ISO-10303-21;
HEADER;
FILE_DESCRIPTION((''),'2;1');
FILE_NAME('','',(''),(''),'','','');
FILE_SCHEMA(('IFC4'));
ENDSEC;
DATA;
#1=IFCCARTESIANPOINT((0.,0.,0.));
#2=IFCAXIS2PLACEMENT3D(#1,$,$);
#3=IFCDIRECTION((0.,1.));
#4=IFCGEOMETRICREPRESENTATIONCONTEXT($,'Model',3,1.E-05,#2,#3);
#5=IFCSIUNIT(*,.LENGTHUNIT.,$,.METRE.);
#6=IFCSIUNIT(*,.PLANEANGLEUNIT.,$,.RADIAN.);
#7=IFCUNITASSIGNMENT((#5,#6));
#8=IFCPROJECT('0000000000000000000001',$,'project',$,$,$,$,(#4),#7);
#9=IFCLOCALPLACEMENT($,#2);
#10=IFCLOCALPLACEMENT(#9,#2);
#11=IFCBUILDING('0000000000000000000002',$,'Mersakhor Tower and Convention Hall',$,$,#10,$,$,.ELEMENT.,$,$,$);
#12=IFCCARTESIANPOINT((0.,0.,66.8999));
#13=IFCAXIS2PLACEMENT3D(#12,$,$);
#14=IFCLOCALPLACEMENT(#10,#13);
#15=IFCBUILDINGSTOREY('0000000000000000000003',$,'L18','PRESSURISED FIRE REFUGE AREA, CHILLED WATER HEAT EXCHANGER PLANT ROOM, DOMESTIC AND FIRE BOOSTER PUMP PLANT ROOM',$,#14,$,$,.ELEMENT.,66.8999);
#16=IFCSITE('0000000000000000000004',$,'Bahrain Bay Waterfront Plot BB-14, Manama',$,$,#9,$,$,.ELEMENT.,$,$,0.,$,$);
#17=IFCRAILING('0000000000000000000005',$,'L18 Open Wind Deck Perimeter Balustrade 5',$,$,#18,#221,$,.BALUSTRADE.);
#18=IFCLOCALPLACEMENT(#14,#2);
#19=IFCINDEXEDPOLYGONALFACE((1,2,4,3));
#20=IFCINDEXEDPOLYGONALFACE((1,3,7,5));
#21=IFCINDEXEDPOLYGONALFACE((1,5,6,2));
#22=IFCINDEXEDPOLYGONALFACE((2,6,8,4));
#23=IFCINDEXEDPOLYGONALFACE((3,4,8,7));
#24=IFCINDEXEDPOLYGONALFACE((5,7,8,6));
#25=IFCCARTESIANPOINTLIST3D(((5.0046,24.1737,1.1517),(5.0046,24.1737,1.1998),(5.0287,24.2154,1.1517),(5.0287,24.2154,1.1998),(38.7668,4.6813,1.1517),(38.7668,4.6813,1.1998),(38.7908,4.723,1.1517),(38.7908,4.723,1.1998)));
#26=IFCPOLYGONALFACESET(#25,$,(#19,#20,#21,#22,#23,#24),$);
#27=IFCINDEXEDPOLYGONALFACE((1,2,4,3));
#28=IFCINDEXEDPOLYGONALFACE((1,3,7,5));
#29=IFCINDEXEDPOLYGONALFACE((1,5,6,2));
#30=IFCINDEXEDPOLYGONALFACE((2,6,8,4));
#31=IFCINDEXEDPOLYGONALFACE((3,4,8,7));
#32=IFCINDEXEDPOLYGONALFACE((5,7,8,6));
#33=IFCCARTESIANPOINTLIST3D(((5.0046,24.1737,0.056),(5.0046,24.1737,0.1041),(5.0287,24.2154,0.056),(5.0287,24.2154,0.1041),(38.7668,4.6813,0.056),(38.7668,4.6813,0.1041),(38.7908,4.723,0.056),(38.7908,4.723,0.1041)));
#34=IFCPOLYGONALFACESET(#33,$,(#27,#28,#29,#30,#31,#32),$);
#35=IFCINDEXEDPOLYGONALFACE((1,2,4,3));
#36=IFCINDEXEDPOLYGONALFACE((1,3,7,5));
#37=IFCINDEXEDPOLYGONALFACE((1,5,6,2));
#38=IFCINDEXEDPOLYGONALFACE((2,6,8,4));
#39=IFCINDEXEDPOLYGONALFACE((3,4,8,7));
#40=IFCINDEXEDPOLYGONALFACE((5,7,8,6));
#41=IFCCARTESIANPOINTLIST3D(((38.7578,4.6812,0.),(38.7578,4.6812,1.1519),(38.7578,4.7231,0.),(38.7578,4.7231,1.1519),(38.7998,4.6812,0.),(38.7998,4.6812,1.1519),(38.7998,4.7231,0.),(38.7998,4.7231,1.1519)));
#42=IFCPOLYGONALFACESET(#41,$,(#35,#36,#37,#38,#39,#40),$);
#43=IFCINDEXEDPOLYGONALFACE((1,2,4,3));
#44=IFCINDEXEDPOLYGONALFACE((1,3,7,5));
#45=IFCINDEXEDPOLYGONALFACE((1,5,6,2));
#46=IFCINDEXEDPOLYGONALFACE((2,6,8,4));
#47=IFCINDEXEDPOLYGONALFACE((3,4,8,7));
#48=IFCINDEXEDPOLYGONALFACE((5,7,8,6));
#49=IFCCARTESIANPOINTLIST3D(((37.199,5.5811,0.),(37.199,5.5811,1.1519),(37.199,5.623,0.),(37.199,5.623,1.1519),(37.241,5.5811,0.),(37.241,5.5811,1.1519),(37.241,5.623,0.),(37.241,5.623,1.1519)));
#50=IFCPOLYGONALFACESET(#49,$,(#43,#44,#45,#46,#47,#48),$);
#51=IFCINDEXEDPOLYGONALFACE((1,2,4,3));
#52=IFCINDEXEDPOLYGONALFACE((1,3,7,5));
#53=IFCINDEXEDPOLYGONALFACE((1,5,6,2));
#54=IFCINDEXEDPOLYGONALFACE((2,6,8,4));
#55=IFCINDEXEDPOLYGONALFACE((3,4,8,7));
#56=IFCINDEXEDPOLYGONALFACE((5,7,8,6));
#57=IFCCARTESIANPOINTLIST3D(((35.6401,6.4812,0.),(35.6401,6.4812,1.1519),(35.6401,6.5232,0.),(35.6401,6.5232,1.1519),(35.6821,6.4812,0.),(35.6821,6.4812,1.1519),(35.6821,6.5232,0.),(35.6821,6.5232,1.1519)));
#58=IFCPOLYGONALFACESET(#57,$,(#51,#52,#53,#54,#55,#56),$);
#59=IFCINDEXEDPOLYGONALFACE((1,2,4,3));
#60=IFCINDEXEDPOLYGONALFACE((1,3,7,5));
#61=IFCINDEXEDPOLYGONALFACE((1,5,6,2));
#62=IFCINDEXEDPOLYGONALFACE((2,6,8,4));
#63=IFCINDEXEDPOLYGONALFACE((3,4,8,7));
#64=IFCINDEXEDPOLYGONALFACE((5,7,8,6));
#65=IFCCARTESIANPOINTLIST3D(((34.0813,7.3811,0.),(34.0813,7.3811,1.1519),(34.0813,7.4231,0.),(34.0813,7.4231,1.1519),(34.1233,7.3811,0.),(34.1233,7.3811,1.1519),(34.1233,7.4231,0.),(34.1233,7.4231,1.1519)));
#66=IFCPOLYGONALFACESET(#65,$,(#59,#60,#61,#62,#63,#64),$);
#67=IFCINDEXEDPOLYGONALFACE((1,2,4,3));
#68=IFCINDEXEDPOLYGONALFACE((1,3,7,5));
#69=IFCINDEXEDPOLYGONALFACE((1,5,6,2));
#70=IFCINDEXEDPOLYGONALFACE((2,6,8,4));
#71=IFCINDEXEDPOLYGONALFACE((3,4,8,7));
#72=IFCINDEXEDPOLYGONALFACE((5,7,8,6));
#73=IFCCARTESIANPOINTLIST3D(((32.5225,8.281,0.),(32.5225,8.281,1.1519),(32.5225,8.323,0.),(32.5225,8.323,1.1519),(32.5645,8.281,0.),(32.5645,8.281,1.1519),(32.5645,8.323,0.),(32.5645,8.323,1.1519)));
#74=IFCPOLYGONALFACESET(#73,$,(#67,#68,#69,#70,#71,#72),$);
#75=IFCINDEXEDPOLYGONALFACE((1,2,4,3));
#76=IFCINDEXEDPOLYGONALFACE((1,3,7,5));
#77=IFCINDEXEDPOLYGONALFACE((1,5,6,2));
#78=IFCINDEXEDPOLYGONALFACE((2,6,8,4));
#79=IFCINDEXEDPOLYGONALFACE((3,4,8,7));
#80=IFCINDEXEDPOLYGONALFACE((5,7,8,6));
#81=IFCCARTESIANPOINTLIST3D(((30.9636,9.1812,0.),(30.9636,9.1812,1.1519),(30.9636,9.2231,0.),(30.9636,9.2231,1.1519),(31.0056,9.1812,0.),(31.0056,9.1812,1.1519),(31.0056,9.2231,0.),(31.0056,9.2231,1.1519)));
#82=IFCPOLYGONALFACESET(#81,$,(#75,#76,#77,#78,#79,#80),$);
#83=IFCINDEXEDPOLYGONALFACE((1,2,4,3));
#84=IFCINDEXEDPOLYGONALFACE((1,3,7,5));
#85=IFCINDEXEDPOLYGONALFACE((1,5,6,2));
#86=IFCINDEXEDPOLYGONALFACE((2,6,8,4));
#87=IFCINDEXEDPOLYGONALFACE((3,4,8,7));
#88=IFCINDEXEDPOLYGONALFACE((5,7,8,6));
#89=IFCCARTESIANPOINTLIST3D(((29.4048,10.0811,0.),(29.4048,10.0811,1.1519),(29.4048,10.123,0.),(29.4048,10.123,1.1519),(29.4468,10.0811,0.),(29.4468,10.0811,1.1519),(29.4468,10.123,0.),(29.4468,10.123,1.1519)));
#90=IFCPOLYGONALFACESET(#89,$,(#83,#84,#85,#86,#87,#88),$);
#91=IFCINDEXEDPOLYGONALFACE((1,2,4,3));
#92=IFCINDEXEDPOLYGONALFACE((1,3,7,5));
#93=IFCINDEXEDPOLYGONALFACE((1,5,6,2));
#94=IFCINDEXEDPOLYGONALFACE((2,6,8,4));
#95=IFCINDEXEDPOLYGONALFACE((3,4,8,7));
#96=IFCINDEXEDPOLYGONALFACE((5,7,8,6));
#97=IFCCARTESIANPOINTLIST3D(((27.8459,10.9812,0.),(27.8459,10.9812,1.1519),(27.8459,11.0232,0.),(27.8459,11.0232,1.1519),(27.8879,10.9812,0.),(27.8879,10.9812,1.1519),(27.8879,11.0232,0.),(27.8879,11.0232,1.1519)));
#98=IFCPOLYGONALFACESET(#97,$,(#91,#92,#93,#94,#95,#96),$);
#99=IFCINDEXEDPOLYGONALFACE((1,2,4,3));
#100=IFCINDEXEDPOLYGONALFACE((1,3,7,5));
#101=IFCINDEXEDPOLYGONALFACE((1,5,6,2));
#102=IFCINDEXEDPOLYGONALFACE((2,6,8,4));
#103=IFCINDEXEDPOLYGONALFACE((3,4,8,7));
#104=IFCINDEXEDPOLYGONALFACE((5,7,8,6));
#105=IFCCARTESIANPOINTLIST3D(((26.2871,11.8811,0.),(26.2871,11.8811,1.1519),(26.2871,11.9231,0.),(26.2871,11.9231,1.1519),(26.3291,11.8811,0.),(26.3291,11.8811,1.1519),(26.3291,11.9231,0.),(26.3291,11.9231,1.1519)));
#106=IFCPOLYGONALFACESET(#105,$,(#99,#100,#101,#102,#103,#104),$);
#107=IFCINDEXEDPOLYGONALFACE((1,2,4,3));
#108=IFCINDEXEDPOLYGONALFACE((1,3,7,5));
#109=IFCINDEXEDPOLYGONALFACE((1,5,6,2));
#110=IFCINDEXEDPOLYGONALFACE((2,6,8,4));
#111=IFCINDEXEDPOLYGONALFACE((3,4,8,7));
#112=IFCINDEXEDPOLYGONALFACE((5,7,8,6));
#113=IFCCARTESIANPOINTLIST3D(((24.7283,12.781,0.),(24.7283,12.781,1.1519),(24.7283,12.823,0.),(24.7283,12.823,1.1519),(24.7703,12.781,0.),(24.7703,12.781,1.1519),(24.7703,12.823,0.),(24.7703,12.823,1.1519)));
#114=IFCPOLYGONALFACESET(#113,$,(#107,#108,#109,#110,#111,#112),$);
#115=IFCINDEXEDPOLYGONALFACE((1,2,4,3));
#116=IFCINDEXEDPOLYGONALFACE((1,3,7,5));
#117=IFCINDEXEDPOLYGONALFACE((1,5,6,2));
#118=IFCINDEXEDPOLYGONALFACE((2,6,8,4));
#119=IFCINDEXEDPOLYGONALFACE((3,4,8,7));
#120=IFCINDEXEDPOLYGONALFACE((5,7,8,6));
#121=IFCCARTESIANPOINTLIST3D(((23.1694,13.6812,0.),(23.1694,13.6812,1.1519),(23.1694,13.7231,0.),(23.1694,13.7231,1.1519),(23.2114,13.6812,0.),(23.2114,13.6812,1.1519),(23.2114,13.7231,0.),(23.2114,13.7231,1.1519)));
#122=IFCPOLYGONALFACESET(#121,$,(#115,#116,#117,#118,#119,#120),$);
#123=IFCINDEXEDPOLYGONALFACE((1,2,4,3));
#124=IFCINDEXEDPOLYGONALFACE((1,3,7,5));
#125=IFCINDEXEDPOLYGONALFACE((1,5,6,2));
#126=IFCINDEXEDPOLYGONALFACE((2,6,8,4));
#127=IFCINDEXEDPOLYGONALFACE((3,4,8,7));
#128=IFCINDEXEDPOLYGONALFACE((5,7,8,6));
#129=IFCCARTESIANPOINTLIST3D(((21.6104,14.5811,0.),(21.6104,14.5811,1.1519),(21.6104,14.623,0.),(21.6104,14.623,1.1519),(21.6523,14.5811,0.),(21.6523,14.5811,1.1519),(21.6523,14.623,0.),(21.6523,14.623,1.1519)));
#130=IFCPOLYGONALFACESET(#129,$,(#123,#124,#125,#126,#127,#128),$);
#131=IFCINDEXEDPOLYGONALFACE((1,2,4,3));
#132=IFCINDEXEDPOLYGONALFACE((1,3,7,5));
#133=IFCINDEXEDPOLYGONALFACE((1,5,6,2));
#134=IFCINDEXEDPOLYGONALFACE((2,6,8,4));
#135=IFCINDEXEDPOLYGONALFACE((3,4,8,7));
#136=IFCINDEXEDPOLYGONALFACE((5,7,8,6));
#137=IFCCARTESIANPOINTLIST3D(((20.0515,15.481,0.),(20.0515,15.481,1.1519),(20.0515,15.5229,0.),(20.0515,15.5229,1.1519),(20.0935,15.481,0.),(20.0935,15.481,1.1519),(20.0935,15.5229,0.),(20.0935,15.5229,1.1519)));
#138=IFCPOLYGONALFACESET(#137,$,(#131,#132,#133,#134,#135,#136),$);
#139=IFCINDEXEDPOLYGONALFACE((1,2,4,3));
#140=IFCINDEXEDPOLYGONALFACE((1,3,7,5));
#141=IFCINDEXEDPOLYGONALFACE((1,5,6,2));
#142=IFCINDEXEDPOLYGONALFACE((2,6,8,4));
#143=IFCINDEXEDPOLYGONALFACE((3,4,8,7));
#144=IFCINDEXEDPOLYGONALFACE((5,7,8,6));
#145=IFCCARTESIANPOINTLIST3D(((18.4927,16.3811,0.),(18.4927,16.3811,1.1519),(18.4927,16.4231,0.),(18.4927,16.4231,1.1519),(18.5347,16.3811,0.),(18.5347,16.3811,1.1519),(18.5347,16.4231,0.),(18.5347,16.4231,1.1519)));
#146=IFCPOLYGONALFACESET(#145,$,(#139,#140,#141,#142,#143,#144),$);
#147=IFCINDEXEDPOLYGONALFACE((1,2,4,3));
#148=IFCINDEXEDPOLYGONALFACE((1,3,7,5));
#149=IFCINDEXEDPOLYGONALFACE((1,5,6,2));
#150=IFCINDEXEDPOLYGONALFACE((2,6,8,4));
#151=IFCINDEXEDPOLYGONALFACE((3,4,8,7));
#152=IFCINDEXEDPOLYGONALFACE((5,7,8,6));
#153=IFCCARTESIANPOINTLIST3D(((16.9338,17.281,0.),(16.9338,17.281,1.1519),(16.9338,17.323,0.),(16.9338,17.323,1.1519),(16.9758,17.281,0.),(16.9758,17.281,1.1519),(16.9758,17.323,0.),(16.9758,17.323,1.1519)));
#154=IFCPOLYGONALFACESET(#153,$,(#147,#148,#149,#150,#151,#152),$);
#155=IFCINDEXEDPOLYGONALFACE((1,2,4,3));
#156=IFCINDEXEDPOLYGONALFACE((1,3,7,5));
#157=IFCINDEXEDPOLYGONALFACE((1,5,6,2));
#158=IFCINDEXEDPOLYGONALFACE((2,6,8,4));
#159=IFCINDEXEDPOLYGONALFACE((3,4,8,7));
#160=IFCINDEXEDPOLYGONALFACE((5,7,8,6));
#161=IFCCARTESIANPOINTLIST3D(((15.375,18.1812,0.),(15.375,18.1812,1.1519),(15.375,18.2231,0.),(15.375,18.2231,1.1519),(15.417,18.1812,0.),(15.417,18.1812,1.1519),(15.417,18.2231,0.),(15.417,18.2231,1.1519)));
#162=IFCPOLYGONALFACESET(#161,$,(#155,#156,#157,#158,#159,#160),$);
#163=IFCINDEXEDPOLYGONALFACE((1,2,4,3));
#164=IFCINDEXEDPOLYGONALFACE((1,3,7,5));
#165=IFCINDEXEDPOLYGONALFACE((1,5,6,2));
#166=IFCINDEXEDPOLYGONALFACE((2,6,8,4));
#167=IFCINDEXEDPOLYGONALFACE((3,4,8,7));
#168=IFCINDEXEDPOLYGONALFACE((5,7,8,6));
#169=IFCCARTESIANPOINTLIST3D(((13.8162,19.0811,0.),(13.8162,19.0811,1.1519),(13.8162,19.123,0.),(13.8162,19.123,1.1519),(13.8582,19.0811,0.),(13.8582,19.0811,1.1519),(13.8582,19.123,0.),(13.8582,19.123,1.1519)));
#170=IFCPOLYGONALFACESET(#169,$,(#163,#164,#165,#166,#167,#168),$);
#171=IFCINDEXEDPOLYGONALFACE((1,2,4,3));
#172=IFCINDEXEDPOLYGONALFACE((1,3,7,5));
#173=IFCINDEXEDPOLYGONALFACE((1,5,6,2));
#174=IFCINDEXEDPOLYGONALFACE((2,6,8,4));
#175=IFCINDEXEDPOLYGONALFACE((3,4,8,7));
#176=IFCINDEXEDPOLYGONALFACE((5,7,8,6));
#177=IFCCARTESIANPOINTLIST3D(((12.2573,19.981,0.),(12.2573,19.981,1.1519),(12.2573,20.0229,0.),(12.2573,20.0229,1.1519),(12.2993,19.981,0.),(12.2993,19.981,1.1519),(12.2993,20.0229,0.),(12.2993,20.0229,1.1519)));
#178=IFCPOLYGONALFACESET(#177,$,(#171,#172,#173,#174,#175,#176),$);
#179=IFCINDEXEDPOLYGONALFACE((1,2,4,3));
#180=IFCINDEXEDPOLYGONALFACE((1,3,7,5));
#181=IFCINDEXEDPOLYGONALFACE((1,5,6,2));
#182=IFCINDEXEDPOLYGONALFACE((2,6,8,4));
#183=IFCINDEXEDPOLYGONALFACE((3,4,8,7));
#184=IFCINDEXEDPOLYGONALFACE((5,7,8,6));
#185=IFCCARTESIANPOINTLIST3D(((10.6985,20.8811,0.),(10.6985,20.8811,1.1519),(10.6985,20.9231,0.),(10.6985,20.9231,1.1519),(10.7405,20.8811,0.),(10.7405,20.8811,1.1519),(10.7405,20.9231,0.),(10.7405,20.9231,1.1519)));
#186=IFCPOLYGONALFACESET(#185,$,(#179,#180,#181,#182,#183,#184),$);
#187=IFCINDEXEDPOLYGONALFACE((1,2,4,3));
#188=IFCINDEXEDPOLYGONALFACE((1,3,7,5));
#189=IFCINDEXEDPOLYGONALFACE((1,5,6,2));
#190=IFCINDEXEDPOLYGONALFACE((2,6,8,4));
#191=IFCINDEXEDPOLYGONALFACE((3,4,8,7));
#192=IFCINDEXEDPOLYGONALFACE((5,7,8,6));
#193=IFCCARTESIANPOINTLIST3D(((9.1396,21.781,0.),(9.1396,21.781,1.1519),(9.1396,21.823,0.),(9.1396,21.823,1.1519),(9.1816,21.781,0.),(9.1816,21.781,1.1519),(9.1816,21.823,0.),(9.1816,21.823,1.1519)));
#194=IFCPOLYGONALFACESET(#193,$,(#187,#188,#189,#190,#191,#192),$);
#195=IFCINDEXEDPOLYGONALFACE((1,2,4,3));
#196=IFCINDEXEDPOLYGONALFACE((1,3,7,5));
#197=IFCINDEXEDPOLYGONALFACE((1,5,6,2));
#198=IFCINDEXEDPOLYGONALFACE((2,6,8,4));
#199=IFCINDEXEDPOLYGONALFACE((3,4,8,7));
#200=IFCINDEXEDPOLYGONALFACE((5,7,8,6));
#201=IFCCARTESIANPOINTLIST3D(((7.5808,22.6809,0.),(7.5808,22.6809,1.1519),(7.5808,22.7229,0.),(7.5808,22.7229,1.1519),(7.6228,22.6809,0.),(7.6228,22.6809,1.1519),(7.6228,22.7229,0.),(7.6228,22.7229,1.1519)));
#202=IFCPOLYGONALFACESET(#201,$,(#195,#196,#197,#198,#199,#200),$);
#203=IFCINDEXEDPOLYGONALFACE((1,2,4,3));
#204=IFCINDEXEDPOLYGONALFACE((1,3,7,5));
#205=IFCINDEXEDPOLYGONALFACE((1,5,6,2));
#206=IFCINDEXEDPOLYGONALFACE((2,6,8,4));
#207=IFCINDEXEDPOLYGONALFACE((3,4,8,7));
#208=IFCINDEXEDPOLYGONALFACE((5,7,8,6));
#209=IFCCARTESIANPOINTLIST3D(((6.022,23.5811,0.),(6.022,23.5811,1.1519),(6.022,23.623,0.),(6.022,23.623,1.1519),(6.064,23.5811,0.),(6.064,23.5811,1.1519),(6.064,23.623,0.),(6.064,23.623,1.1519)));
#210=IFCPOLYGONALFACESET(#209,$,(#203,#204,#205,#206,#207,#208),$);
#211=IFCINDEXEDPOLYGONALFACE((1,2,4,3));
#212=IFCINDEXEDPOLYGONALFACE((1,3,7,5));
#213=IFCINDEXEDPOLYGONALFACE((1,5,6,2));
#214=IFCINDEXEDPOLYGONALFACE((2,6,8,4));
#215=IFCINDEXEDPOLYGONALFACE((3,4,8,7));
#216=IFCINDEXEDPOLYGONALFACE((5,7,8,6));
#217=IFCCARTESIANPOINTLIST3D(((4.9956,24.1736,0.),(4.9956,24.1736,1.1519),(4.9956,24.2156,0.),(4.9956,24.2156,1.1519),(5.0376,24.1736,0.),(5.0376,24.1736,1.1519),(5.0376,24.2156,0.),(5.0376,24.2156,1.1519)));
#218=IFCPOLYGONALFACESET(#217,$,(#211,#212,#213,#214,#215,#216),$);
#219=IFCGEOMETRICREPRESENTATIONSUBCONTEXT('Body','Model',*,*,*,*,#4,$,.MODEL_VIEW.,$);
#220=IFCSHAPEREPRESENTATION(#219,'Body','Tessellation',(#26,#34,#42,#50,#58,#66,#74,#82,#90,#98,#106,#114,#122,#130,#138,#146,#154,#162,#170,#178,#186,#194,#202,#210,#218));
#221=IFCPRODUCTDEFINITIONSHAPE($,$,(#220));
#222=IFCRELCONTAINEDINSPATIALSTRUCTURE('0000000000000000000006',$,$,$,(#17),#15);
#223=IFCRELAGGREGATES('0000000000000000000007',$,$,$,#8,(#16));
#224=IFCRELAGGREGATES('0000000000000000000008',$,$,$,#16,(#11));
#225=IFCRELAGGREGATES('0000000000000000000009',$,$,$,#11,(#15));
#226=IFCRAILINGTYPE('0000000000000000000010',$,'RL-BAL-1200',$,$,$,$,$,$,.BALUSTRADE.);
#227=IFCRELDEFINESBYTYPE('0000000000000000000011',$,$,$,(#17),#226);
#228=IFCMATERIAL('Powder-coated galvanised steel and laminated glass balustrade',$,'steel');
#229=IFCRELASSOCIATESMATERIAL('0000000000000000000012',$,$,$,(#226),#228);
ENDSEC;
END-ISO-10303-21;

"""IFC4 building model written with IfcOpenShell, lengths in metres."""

from ifc_helpers import new_model, si_unit, direction, frame, origin, origin_2d, place, context, subcontext, project, spatial, rectangle, extrude, material, type_object, element, save


model = new_model("IFC4")

# Units and contexts
model_context = context("Model", 3, precision=1e-05, world=origin(), true_north=direction((0.0, 1.0)))
body_context = subcontext(model_context, "Body", "Model", "MODEL_VIEW")
ifc_project = project(units=[si_unit("LENGTHUNIT", "METRE"), si_unit("PLANEANGLEUNIT", "RADIAN")], contexts=[model_context])

# Site, building, storey
site_placement = place(None, origin())
site = spatial("IfcSite", under=ifc_project, at=site_placement, Name="Bahrain Bay Waterfront Plot BB-14, Manama", CompositionType="ELEMENT", RefElevation=0.0)
building_placement = place(site_placement, origin())
building = spatial("IfcBuilding", under=site, at=building_placement, Name="Mersakhor Tower and Convention Hall", CompositionType="ELEMENT")
storey_placement = place(building_placement, frame((0.0, 0.0, 66.8999)))
storey = spatial("IfcBuildingStorey", under=building, at=storey_placement, Name="L18", Description="PRESSURISED FIRE REFUGE AREA, CHILLED WATER HEAT EXCHANGER PLANT ROOM, DOMESTIC AND FIRE BOOSTER PUMP PLANT ROOM", CompositionType="ELEMENT", Elevation=66.8999)

# Railing
ifc_material_1 = material(Name="Powder-coated galvanised steel and laminated glass balustrade", Category="steel")
railing_type = type_object("IfcRailingType", Name="RL-BAL-1200", PredefinedType="BALUSTRADE", material=ifc_material_1)
railing_1_placement = place(storey_placement, frame((38.7788, 4.7021, 0.0)))
element("IfcRailing", 1, at=railing_1_placement, inside=storey, type_object=railing_type, Name="L18 Open Wind Deck Perimeter Balustrade 5", PredefinedType="BALUSTRADE", context=body_context, shape_type="SweptSolid", body=[
    extrude(rectangle(XDim=0.0481, YDim=0.0481, at=origin_2d()), frame((0.0, 0.0, 1.1758), z_axis=(-0.866027, 0.499996, 0.0), x_axis=(-0.499996, -0.866027, 0.0)), (0.0, 0.0, 1.0), 38.9851),
    extrude(rectangle(XDim=0.0481, YDim=0.0481, at=origin_2d()), frame((0.0, 0.0, 0.0801), z_axis=(-0.866027, 0.499996, 0.0), x_axis=(-0.499996, -0.866027, 0.0)), (0.0, 0.0, 1.0), 38.9851),
    extrude(rectangle(XDim=0.042, YDim=0.042, at=origin_2d()), origin(), (0.0, 0.0, 1.0), 1.1519),
    extrude(rectangle(XDim=0.042, YDim=0.042, at=origin_2d()), frame((-1.5588, 0.8999, 0.0)), (0.0, 0.0, 1.0), 1.1519),
    extrude(rectangle(XDim=0.042, YDim=0.042, at=origin_2d()), frame((-3.1177, 1.8, 0.0)), (0.0, 0.0, 1.0), 1.1519),
    extrude(rectangle(XDim=0.042, YDim=0.042, at=origin_2d()), frame((-4.6765, 2.7, 0.0)), (0.0, 0.0, 1.0), 1.1519),
    extrude(rectangle(XDim=0.042, YDim=0.042, at=origin_2d()), frame((-6.2354, 3.5999, 0.0)), (0.0, 0.0, 1.0), 1.1519),
    extrude(rectangle(XDim=0.042, YDim=0.042, at=origin_2d()), frame((-7.7942, 4.5, 0.0)), (0.0, 0.0, 1.0), 1.1519),
    extrude(rectangle(XDim=0.042, YDim=0.042, at=origin_2d()), frame((-9.353, 5.3999, 0.0)), (0.0, 0.0, 1.0), 1.1519),
    extrude(rectangle(XDim=0.042, YDim=0.042, at=origin_2d()), frame((-10.9119, 6.3, 0.0)), (0.0, 0.0, 1.0), 1.1519),
    extrude(rectangle(XDim=0.042, YDim=0.042, at=origin_2d()), frame((-12.4707, 7.2, 0.0)), (0.0, 0.0, 1.0), 1.1519),
    extrude(rectangle(XDim=0.042, YDim=0.042, at=origin_2d()), frame((-14.0295, 8.0999, 0.0)), (0.0, 0.0, 1.0), 1.1519),
    extrude(rectangle(XDim=0.042, YDim=0.042, at=origin_2d()), frame((-15.5884, 9.0, 0.0)), (0.0, 0.0, 1.0), 1.1519),
    extrude(rectangle(XDim=0.042, YDim=0.042, at=origin_2d()), frame((-17.1475, 9.8999, 0.0)), (0.0, 0.0, 1.0), 1.1519),
    extrude(rectangle(XDim=0.042, YDim=0.042, at=origin_2d()), frame((-18.7063, 10.7998, 0.0)), (0.0, 0.0, 1.0), 1.1519),
    extrude(rectangle(XDim=0.042, YDim=0.042, at=origin_2d()), frame((-20.2651, 11.7, 0.0)), (0.0, 0.0, 1.0), 1.1519),
    extrude(rectangle(XDim=0.042, YDim=0.042, at=origin_2d()), frame((-21.824, 12.5999, 0.0)), (0.0, 0.0, 1.0), 1.1519),
    extrude(rectangle(XDim=0.042, YDim=0.042, at=origin_2d()), frame((-23.3828, 13.5, 0.0)), (0.0, 0.0, 1.0), 1.1519),
    extrude(rectangle(XDim=0.042, YDim=0.042, at=origin_2d()), frame((-24.9417, 14.3999, 0.0)), (0.0, 0.0, 1.0), 1.1519),
    extrude(rectangle(XDim=0.042, YDim=0.042, at=origin_2d()), frame((-26.5005, 15.2998, 0.0)), (0.0, 0.0, 1.0), 1.1519),
    extrude(rectangle(XDim=0.042, YDim=0.042, at=origin_2d()), frame((-28.0593, 16.2, 0.0)), (0.0, 0.0, 1.0), 1.1519),
    extrude(rectangle(XDim=0.042, YDim=0.042, at=origin_2d()), frame((-29.6182, 17.0999, 0.0)), (0.0, 0.0, 1.0), 1.1519),
    extrude(rectangle(XDim=0.042, YDim=0.042, at=origin_2d()), frame((-31.177, 17.9998, 0.0)), (0.0, 0.0, 1.0), 1.1519),
    extrude(rectangle(XDim=0.042, YDim=0.042, at=origin_2d()), frame((-32.7358, 18.8999, 0.0)), (0.0, 0.0, 1.0), 1.1519),
    extrude(rectangle(XDim=0.042, YDim=0.042, at=origin_2d()), frame((-33.7622, 19.4924, 0.0)), (0.0, 0.0, 1.0), 1.1519),
])

save(model, "model.ifc")
